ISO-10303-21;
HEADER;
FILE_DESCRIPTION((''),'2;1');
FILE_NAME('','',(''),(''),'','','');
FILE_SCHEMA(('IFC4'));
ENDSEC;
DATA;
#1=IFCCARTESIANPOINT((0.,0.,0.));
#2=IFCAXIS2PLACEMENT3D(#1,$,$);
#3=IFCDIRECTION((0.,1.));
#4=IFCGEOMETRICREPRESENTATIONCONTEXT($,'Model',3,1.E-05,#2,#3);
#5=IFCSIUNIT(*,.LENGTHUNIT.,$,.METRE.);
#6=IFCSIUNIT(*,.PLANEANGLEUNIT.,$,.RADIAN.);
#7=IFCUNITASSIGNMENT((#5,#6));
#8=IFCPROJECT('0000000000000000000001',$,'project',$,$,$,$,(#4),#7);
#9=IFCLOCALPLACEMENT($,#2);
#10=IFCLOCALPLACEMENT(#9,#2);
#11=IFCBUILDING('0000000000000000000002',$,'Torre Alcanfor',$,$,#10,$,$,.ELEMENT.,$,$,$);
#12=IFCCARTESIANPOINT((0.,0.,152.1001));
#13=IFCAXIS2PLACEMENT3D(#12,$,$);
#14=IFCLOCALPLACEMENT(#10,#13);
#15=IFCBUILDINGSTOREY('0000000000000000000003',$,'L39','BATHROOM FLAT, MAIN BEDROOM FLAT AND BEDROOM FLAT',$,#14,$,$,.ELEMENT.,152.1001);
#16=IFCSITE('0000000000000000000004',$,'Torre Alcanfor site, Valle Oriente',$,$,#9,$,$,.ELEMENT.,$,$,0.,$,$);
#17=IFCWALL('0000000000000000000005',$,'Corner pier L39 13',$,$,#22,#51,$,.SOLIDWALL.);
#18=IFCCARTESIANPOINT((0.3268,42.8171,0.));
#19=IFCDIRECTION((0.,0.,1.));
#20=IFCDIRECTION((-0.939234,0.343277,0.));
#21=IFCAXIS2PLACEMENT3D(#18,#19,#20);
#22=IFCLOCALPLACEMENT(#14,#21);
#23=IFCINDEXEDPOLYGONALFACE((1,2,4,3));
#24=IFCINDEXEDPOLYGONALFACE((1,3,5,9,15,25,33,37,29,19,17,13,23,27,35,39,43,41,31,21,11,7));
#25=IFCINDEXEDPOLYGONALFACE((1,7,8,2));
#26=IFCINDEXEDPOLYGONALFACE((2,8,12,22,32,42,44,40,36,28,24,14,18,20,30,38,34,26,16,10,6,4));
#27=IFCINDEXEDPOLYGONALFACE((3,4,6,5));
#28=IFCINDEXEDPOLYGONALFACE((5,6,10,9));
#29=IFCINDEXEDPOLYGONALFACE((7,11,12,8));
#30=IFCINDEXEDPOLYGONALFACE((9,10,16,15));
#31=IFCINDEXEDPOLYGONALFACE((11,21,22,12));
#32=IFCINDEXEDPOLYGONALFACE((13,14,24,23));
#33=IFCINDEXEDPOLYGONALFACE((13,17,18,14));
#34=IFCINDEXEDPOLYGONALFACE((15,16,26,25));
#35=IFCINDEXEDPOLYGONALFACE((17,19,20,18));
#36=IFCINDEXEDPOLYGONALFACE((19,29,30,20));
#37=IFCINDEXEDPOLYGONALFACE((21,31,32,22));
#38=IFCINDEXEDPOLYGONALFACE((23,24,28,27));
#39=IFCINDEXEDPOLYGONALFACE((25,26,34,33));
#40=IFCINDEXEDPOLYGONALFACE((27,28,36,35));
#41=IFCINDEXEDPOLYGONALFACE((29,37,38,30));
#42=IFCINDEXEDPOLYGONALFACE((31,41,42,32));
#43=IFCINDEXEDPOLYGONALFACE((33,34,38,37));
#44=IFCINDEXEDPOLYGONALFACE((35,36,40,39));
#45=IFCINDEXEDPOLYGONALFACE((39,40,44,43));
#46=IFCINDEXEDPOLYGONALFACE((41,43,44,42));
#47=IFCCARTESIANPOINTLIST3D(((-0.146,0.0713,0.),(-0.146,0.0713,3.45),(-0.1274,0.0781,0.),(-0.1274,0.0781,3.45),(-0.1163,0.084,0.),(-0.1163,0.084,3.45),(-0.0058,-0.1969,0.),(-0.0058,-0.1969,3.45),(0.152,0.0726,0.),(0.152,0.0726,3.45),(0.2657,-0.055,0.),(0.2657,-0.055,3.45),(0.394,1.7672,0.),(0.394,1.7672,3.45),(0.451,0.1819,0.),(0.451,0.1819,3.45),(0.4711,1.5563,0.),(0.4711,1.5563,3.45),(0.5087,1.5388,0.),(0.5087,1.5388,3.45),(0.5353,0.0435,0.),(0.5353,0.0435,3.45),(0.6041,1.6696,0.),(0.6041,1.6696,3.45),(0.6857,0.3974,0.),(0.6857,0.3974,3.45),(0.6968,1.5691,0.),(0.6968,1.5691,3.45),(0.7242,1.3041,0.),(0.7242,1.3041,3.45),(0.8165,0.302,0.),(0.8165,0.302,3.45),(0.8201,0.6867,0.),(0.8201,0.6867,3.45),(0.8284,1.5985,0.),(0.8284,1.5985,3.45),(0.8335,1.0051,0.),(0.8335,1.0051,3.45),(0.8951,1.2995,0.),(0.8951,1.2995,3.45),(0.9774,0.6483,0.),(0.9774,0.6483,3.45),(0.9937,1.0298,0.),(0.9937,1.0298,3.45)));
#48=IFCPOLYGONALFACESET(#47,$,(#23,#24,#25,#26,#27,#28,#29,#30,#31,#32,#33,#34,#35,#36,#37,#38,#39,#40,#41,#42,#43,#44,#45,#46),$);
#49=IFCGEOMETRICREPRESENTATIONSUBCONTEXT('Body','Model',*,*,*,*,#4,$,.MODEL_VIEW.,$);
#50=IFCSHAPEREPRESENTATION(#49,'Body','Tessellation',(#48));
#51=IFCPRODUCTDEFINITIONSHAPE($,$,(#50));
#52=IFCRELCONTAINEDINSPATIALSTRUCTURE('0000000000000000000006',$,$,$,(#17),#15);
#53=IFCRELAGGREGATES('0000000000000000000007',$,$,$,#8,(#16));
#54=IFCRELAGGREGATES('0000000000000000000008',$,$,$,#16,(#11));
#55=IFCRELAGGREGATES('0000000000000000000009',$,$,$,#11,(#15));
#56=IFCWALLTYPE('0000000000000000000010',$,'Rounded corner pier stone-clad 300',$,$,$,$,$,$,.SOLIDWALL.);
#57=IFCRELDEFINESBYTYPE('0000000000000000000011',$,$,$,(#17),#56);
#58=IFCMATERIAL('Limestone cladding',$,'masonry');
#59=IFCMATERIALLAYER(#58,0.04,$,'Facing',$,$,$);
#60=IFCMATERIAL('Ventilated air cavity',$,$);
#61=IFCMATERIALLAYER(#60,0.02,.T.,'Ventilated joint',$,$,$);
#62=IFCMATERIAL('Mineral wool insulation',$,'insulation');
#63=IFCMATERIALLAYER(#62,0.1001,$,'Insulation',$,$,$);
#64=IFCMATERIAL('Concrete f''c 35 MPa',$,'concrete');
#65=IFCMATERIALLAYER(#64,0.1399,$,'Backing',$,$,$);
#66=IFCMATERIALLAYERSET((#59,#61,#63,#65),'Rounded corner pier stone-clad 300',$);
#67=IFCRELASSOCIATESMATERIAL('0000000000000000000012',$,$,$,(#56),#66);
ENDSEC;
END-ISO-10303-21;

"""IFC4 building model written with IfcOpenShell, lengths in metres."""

from ifc_helpers import new_model, si_unit, direction, frame, origin, place, context, subcontext, project, spatial, polyline, outline, extrude, material, layer, layer_set, type_object, element, save


model = new_model("IFC4")

# Units and contexts
model_context = context("Model", 3, precision=1e-05, world=origin(), true_north=direction((0.0, 1.0)))
body_context = subcontext(model_context, "Body", "Model", "MODEL_VIEW")
ifc_project = project(units=[si_unit("LENGTHUNIT", "METRE"), si_unit("PLANEANGLEUNIT", "RADIAN")], contexts=[model_context])

# Site, building, storey
site_placement = place(None, origin())
site = spatial("IfcSite", under=ifc_project, at=site_placement, Name="Torre Alcanfor site, Valle Oriente", CompositionType="ELEMENT", RefElevation=0.0)
building_placement = place(site_placement, origin())
building = spatial("IfcBuilding", under=site, at=building_placement, Name="Torre Alcanfor", CompositionType="ELEMENT")
storey_placement = place(building_placement, frame((0.0, 0.0, 152.1001)))
storey = spatial("IfcBuildingStorey", under=building, at=storey_placement, Name="L39", Description="BATHROOM FLAT, MAIN BEDROOM FLAT AND BEDROOM FLAT", CompositionType="ELEMENT", Elevation=152.1001)

# Wall
ifc_material_1 = material(Name="Limestone cladding", Category="masonry")
ifc_layer_1 = layer(ifc_material_1, 0.04, Name="Facing")
ifc_material_2 = material(Name="Ventilated air cavity")
ifc_layer_2 = layer(ifc_material_2, 0.02, ventilated=True, Name="Ventilated joint")
ifc_material_3 = material(Name="Mineral wool insulation", Category="insulation")
ifc_layer_3 = layer(ifc_material_3, 0.1001, Name="Insulation")
ifc_material_4 = material(Name="Concrete f'c 35 MPa", Category="concrete")
ifc_layer_4 = layer(ifc_material_4, 0.1399, Name="Backing")
ifc_layer_set_1 = layer_set([ifc_layer_1, ifc_layer_2, ifc_layer_3, ifc_layer_4], Name="Rounded corner pier stone-clad 300")
wall_type_1 = type_object("IfcWallType", Name="Rounded corner pier stone-clad 300", PredefinedType="SOLIDWALL", material=ifc_layer_set_1)
wall_1_placement = place(storey_placement, frame((0.3268, 42.8171, 0.0), z_axis=(0.0, 0.0, 1.0), x_axis=(-0.939234, 0.343277, 0.0)))
element("IfcWall", 1, at=wall_1_placement, inside=storey, type_object=wall_type_1, Name="Corner pier L39 13", PredefinedType="SOLIDWALL", context=body_context, shape_type="SweptSolid", body=[
    extrude(outline(polyline([(-0.0058, -0.1969), (0.2657, -0.055), (0.5353, 0.0435), (0.8165, 0.302), (0.9774, 0.6483), (0.9937, 1.0298), (0.8951, 1.2995), (0.8284, 1.5985), (0.6968, 1.5691), (0.6041, 1.6696), (0.394, 1.7672), (0.4711, 1.5563), (0.5087, 1.5388), (0.7242, 1.3041), (0.8335, 1.0051), (0.8201, 0.6867), (0.6857, 0.3974), (0.451, 0.1819), (0.152, 0.0726), (-0.1163, 0.084), (-0.1274, 0.0781), (-0.146, 0.0713), (-0.0058, -0.1969)])), origin(), (0.0, 0.0, 1.0), 3.45),
])

save(model, "model.ifc")
